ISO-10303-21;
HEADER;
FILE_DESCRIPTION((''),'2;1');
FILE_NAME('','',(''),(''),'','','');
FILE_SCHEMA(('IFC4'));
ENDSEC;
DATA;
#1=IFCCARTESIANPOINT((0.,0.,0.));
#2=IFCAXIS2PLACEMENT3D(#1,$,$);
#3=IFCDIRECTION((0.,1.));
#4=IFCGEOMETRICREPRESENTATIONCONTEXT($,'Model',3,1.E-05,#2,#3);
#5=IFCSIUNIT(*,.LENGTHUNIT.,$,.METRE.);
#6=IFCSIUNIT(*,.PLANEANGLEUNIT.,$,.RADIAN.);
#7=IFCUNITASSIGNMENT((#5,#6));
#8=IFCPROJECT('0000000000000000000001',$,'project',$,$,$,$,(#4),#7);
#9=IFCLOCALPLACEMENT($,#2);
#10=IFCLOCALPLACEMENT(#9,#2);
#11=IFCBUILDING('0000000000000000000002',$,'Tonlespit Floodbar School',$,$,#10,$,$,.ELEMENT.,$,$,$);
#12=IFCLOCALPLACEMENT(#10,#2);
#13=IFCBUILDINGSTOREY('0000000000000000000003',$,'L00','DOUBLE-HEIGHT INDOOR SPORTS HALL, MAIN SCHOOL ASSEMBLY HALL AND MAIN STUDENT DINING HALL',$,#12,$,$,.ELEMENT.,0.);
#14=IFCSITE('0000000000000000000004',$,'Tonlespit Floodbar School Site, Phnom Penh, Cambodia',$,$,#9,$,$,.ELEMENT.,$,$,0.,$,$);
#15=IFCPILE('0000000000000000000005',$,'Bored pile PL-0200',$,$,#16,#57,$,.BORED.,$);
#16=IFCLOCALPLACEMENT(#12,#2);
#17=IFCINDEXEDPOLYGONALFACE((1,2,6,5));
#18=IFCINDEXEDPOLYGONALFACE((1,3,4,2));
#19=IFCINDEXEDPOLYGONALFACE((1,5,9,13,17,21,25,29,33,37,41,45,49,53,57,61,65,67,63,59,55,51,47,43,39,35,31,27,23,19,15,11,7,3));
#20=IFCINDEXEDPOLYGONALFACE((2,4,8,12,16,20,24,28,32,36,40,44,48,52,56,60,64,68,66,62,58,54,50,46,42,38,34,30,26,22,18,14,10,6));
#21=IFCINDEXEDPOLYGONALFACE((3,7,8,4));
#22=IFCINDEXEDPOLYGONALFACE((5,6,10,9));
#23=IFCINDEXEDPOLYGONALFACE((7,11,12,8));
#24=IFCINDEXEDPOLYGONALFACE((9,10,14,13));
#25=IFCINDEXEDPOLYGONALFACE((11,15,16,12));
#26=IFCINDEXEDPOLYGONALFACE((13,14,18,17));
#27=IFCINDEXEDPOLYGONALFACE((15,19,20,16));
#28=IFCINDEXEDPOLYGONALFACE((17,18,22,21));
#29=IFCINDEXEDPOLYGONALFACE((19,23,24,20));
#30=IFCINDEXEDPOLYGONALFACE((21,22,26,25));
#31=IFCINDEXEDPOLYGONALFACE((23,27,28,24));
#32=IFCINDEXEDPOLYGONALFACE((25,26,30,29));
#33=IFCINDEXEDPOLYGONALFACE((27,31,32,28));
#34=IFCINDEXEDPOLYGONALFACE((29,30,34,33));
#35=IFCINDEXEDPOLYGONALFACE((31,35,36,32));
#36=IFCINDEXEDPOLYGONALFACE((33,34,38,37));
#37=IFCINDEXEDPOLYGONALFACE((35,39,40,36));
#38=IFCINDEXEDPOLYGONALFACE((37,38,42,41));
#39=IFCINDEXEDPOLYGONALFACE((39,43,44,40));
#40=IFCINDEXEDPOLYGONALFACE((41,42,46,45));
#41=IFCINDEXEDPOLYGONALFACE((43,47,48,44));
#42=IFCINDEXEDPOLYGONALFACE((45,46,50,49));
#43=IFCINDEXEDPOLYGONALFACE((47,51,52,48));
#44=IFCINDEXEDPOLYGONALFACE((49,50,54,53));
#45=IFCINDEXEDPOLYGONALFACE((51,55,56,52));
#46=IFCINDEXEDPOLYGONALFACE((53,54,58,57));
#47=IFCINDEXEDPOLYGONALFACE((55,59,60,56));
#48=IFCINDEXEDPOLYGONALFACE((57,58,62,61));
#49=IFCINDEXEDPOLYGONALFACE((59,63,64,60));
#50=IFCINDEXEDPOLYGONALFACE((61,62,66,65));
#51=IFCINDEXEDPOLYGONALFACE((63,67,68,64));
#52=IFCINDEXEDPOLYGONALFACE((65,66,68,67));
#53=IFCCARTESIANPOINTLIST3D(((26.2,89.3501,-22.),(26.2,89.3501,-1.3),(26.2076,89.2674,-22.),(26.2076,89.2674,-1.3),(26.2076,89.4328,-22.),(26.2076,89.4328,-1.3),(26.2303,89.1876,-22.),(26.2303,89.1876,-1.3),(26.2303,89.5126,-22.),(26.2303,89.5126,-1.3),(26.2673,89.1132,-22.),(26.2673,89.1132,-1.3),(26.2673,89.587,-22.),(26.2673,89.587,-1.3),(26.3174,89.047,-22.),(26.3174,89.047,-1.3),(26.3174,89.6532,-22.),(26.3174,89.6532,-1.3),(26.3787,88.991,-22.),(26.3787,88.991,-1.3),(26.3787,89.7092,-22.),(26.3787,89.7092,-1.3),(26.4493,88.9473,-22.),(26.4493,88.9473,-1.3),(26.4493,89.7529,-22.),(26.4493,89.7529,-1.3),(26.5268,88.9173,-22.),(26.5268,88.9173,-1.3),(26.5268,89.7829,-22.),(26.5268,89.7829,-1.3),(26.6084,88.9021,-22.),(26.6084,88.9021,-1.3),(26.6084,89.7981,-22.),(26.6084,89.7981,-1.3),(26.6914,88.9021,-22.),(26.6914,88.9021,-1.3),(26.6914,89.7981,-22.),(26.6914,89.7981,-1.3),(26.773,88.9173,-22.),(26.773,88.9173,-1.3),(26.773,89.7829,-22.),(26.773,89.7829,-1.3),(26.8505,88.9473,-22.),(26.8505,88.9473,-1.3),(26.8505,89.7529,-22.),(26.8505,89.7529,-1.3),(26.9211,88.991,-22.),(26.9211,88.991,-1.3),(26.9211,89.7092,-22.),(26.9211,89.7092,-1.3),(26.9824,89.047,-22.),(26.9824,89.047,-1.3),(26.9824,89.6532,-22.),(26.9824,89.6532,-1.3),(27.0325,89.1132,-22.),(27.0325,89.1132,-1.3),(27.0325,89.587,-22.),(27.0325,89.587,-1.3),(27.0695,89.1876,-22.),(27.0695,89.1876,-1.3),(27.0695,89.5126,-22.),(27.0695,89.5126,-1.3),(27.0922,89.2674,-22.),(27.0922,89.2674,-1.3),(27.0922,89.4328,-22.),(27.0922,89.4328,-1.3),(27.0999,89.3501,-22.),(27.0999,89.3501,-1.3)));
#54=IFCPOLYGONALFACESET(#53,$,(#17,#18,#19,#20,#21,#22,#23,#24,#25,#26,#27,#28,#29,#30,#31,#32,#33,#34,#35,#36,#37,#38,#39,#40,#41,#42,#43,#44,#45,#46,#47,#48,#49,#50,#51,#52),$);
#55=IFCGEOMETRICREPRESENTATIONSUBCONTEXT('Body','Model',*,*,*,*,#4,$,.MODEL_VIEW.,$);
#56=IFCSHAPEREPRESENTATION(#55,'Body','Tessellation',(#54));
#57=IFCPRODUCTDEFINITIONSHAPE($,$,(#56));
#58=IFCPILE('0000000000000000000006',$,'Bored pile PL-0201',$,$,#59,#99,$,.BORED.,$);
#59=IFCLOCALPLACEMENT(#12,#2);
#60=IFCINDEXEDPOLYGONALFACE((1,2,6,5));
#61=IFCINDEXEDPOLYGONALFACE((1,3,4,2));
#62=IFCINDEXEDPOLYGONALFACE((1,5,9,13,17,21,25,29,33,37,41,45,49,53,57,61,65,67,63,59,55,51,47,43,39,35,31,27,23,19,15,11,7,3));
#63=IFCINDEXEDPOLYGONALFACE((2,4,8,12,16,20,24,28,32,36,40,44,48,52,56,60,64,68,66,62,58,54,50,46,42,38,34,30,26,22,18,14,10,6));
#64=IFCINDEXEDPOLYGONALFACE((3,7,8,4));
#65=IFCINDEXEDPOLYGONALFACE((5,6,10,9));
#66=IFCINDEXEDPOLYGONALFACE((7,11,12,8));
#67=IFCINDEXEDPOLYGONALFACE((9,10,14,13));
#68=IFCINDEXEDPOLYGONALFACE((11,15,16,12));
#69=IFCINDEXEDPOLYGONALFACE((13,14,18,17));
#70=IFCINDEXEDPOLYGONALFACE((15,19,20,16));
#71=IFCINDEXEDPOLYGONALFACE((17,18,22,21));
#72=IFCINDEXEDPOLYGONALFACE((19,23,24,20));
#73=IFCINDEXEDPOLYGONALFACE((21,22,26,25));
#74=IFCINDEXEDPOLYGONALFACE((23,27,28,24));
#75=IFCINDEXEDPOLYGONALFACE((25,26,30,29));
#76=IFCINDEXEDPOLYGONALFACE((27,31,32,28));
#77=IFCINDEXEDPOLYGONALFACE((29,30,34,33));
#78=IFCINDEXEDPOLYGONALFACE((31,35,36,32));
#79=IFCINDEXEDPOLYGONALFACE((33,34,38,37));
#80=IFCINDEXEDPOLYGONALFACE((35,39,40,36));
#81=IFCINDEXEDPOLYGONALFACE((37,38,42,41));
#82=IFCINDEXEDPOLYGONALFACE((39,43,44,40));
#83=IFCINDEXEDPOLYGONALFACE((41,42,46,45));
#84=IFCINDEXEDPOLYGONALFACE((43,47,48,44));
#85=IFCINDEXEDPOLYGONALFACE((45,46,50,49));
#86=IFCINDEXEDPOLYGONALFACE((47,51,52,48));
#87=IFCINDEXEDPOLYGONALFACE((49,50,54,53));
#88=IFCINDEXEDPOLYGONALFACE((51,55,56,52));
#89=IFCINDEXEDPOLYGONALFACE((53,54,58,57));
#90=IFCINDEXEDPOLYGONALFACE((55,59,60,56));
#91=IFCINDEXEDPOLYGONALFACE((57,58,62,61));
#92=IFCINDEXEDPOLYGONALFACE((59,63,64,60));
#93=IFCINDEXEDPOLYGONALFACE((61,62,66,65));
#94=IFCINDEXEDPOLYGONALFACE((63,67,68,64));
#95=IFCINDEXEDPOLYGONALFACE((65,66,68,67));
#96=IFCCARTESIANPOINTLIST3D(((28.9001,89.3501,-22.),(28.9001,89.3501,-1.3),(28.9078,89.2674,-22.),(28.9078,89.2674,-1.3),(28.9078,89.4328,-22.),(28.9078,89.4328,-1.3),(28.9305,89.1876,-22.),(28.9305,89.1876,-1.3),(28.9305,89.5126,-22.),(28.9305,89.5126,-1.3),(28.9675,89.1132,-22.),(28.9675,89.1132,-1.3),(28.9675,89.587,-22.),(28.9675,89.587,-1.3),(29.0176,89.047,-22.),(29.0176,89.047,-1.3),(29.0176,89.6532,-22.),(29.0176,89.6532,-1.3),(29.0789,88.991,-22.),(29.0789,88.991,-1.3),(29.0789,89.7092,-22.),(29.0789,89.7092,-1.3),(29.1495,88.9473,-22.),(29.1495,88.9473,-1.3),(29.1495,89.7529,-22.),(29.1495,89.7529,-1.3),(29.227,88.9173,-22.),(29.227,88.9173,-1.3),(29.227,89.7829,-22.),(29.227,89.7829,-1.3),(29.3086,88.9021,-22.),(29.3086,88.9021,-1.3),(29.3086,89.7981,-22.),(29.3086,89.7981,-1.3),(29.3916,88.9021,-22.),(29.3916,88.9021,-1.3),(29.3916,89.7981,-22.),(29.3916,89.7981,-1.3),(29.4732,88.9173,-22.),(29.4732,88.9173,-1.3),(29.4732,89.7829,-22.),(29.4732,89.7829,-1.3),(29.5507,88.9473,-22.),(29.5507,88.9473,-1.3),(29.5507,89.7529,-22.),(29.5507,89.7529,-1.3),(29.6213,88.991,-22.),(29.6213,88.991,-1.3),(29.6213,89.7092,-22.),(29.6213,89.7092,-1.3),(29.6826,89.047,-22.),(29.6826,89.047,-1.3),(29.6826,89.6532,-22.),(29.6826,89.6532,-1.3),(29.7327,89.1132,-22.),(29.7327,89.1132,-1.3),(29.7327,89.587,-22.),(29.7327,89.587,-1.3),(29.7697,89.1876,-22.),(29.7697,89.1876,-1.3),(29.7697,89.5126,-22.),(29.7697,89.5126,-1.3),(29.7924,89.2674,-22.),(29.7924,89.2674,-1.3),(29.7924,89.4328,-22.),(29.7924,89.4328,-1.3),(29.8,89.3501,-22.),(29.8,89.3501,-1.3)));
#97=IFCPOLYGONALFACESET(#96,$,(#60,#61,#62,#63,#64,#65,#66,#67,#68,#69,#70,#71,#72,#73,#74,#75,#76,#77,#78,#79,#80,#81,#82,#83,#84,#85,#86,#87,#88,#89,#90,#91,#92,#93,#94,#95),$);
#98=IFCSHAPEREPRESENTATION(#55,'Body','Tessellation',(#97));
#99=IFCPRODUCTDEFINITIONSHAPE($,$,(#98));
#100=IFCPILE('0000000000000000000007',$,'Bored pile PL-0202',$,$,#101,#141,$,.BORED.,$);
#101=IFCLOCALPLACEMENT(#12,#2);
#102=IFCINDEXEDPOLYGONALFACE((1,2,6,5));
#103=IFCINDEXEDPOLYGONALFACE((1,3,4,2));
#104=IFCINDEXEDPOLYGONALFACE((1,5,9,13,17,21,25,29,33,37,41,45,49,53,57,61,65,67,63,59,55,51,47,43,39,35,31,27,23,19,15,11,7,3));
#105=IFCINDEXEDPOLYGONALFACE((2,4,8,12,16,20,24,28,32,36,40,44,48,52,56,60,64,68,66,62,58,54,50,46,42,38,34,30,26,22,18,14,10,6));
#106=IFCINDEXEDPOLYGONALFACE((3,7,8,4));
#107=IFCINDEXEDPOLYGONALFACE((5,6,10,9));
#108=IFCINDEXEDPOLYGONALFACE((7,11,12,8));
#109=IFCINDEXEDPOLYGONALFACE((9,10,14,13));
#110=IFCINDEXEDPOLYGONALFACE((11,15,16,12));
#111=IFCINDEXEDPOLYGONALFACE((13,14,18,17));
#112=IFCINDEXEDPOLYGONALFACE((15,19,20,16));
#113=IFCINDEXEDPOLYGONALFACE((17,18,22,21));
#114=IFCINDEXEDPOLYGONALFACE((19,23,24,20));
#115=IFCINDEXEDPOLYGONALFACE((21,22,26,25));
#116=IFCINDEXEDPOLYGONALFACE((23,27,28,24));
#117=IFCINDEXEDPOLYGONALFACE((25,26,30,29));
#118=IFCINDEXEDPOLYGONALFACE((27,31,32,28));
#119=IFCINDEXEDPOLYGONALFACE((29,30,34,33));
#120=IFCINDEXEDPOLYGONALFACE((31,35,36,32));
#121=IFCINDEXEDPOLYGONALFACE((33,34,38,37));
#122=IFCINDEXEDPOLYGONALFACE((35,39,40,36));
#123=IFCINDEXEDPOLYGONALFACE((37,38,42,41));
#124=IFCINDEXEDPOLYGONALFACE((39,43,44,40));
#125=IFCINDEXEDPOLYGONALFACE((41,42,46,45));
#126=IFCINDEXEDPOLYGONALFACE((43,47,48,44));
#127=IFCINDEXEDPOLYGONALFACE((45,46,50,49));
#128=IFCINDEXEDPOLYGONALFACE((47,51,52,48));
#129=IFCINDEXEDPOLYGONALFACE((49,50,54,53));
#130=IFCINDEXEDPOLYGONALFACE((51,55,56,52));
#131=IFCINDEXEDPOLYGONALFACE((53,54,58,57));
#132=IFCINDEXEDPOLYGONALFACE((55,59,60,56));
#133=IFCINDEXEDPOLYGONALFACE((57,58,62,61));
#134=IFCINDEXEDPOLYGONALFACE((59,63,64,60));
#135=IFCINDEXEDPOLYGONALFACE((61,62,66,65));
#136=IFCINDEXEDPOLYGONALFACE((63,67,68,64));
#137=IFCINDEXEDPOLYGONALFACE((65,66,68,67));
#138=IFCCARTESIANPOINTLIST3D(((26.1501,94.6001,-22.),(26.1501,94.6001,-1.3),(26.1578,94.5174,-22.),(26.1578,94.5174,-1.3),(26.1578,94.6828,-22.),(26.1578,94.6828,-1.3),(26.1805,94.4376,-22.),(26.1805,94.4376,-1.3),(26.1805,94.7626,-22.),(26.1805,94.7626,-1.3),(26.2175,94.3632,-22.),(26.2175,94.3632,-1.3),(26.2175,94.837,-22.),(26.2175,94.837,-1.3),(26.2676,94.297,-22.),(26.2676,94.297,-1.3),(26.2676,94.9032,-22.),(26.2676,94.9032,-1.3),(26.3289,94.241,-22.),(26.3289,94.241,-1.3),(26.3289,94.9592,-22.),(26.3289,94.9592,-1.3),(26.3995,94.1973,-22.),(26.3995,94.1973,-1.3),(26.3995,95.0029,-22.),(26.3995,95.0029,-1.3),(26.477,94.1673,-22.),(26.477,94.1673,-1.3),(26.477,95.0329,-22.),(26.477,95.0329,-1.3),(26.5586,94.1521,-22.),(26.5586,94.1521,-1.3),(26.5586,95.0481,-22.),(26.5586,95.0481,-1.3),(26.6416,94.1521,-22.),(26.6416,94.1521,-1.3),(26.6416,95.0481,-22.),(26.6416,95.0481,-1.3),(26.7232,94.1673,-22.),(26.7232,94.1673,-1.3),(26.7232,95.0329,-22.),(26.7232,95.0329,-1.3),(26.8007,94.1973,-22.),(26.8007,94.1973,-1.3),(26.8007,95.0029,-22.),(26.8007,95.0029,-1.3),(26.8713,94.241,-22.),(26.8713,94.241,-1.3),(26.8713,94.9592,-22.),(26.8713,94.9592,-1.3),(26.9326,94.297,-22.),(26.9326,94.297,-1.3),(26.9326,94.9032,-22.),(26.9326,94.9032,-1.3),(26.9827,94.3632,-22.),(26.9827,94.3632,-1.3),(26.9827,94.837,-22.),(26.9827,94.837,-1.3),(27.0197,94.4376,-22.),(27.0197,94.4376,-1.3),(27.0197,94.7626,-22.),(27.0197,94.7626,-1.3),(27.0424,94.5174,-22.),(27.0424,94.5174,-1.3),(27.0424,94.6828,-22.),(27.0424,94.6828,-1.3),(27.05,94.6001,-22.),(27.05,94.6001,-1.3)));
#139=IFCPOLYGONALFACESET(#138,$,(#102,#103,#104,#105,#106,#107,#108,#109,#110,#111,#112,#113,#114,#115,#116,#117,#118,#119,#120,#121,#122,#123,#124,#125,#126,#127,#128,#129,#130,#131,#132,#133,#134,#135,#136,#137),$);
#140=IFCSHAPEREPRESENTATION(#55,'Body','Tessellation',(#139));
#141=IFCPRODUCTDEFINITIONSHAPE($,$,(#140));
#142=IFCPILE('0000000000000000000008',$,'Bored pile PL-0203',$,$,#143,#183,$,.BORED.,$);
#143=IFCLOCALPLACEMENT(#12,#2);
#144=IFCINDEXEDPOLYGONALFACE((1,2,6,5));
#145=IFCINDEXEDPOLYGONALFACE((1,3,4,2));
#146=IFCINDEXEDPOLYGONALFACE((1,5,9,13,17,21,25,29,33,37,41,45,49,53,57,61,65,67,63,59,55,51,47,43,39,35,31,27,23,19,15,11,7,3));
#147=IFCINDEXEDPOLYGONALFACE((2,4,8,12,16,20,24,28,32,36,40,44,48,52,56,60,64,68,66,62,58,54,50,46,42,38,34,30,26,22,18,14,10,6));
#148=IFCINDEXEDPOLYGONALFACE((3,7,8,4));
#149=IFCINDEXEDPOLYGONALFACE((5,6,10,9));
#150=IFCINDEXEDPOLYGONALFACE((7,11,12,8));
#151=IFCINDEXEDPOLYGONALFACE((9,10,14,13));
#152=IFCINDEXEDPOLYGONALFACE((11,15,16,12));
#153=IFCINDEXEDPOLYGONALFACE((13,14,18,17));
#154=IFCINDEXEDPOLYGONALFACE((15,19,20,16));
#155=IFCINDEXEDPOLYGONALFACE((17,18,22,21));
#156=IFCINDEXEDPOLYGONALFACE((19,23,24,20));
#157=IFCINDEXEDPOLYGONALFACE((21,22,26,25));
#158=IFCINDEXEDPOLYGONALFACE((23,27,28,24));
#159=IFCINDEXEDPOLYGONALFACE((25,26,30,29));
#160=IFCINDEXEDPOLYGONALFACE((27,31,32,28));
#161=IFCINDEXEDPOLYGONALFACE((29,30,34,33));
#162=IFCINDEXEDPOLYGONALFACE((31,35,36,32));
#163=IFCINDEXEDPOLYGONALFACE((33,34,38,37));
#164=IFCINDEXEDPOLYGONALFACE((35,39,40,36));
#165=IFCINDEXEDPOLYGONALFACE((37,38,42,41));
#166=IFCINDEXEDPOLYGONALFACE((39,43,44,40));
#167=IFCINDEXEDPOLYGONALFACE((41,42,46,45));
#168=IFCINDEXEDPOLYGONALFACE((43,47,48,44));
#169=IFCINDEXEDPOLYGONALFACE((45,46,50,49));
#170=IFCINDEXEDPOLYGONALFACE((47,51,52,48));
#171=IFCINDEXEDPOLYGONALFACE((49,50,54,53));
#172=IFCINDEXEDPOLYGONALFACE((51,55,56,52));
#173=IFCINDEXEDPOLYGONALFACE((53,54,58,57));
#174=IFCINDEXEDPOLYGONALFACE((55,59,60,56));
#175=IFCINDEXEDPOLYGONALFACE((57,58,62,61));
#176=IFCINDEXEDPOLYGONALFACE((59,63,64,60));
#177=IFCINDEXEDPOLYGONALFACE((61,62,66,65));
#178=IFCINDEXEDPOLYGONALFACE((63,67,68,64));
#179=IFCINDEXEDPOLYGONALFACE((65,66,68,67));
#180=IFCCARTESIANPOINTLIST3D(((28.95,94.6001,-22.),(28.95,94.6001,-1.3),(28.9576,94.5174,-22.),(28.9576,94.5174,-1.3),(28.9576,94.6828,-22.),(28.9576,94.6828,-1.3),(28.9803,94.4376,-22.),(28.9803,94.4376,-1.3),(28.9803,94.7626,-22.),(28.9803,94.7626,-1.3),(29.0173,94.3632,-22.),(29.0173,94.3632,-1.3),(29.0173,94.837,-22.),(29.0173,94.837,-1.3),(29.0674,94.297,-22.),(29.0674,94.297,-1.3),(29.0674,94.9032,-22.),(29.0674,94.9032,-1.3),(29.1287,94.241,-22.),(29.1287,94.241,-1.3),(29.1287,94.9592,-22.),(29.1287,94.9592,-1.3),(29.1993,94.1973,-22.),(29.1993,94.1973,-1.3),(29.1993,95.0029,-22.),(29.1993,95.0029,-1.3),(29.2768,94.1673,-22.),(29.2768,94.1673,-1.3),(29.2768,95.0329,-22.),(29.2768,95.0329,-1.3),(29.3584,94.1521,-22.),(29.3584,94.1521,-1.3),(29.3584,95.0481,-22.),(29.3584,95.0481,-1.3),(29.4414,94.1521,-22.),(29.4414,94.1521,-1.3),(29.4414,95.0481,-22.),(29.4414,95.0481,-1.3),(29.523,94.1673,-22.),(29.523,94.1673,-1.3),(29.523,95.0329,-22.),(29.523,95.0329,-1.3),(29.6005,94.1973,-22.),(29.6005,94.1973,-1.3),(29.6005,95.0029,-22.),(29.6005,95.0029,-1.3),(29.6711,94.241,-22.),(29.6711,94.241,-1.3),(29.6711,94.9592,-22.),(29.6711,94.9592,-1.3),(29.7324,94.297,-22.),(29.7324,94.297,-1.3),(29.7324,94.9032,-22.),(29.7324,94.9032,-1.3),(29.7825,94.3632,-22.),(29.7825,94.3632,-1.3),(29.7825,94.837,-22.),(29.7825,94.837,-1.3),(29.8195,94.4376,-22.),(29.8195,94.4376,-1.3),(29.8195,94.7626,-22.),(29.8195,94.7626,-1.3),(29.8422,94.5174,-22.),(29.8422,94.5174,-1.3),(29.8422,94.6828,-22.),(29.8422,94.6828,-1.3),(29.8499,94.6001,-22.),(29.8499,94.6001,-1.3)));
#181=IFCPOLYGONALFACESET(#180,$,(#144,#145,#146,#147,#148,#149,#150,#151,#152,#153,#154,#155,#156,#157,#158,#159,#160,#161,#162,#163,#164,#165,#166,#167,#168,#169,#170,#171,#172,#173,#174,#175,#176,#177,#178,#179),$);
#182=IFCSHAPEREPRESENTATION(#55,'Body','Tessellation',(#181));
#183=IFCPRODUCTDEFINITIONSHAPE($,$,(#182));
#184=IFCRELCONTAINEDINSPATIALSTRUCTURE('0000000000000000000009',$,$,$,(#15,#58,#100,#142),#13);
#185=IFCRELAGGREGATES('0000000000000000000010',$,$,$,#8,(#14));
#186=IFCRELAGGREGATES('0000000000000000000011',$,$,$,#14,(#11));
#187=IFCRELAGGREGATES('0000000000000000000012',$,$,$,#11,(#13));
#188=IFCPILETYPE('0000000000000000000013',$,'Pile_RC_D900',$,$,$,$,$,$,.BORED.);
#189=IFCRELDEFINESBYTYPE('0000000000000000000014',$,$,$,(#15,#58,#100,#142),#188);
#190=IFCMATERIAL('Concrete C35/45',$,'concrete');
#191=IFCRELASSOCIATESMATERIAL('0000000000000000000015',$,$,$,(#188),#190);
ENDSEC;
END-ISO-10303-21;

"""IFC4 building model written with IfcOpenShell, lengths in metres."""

from ifc_helpers import new_model, si_unit, direction, frame, origin, origin_2d, place, context, subcontext, project, spatial, circle, extrude, material, material_profile, profile_set, type_object, element, save


model = new_model("IFC4")

# Units and contexts
model_context = context("Model", 3, precision=1e-05, world=origin(), true_north=direction((0.0, 1.0)))
body_context = subcontext(model_context, "Body", "Model", "MODEL_VIEW")
ifc_project = project(units=[si_unit("LENGTHUNIT", "METRE"), si_unit("PLANEANGLEUNIT", "RADIAN")], contexts=[model_context])

# Site, building, storey
site_placement = place(None, origin())
site = spatial("IfcSite", under=ifc_project, at=site_placement, Name="Tonlespit Floodbar School Site, Phnom Penh, Cambodia", CompositionType="ELEMENT", RefElevation=0.0)
building_placement = place(site_placement, origin())
building = spatial("IfcBuilding", under=site, at=building_placement, Name="Tonlespit Floodbar School", CompositionType="ELEMENT")
storey_placement = place(building_placement, origin())
storey = spatial("IfcBuildingStorey", under=building, at=storey_placement, Name="L00", Description="DOUBLE-HEIGHT INDOOR SPORTS HALL, MAIN SCHOOL ASSEMBLY HALL AND MAIN STUDENT DINING HALL", CompositionType="ELEMENT", Elevation=0.0)

# Piles
ifc_material_1 = material(Name="Concrete C35/45", Category="concrete")
ifc_material_profile_1 = material_profile(ifc_material_1, circle(Radius=0.45, at=origin_2d()), Name="BP D900")
ifc_profile_set_1 = profile_set([ifc_material_profile_1], Name="Concrete C35/45")
pile_type = type_object("IfcPileType", Name="Pile_RC_D900", PredefinedType="BORED", material=ifc_profile_set_1)
for number, where, z_axis, x_axis, name in (
    (1, (26.6499, 89.3501, -1.3), (0.0, 0.0, -1.0), (1.0, 0.0, 0.0), "Bored pile PL-0200"),
    (2, (29.3501, 89.3501, -1.3), (0.0, 0.0, -1.0), (1.0, 0.0, 0.0), "Bored pile PL-0201"),
    (3, (26.6001, 94.6001, -1.3), (0.0, 0.0, -1.0), (1.0, 0.0, 0.0), "Bored pile PL-0202"),
    (4, (29.3999, 94.6001, -1.3), (0.0, 0.0, -1.0), (1.0, 0.0, 0.0), "Bored pile PL-0203"),
):
    element("IfcPile", number, at=place(storey_placement, frame(where, z_axis=z_axis, x_axis=x_axis)), inside=storey, type_object=pile_type, Name=name, PredefinedType="BORED", context=body_context, shape_type="SweptSolid", body=[
        extrude(circle(Radius=0.45, at=origin_2d()), origin(), (0.0, 0.0, 1.0), 20.7),
    ])

save(model, "model.ifc")
